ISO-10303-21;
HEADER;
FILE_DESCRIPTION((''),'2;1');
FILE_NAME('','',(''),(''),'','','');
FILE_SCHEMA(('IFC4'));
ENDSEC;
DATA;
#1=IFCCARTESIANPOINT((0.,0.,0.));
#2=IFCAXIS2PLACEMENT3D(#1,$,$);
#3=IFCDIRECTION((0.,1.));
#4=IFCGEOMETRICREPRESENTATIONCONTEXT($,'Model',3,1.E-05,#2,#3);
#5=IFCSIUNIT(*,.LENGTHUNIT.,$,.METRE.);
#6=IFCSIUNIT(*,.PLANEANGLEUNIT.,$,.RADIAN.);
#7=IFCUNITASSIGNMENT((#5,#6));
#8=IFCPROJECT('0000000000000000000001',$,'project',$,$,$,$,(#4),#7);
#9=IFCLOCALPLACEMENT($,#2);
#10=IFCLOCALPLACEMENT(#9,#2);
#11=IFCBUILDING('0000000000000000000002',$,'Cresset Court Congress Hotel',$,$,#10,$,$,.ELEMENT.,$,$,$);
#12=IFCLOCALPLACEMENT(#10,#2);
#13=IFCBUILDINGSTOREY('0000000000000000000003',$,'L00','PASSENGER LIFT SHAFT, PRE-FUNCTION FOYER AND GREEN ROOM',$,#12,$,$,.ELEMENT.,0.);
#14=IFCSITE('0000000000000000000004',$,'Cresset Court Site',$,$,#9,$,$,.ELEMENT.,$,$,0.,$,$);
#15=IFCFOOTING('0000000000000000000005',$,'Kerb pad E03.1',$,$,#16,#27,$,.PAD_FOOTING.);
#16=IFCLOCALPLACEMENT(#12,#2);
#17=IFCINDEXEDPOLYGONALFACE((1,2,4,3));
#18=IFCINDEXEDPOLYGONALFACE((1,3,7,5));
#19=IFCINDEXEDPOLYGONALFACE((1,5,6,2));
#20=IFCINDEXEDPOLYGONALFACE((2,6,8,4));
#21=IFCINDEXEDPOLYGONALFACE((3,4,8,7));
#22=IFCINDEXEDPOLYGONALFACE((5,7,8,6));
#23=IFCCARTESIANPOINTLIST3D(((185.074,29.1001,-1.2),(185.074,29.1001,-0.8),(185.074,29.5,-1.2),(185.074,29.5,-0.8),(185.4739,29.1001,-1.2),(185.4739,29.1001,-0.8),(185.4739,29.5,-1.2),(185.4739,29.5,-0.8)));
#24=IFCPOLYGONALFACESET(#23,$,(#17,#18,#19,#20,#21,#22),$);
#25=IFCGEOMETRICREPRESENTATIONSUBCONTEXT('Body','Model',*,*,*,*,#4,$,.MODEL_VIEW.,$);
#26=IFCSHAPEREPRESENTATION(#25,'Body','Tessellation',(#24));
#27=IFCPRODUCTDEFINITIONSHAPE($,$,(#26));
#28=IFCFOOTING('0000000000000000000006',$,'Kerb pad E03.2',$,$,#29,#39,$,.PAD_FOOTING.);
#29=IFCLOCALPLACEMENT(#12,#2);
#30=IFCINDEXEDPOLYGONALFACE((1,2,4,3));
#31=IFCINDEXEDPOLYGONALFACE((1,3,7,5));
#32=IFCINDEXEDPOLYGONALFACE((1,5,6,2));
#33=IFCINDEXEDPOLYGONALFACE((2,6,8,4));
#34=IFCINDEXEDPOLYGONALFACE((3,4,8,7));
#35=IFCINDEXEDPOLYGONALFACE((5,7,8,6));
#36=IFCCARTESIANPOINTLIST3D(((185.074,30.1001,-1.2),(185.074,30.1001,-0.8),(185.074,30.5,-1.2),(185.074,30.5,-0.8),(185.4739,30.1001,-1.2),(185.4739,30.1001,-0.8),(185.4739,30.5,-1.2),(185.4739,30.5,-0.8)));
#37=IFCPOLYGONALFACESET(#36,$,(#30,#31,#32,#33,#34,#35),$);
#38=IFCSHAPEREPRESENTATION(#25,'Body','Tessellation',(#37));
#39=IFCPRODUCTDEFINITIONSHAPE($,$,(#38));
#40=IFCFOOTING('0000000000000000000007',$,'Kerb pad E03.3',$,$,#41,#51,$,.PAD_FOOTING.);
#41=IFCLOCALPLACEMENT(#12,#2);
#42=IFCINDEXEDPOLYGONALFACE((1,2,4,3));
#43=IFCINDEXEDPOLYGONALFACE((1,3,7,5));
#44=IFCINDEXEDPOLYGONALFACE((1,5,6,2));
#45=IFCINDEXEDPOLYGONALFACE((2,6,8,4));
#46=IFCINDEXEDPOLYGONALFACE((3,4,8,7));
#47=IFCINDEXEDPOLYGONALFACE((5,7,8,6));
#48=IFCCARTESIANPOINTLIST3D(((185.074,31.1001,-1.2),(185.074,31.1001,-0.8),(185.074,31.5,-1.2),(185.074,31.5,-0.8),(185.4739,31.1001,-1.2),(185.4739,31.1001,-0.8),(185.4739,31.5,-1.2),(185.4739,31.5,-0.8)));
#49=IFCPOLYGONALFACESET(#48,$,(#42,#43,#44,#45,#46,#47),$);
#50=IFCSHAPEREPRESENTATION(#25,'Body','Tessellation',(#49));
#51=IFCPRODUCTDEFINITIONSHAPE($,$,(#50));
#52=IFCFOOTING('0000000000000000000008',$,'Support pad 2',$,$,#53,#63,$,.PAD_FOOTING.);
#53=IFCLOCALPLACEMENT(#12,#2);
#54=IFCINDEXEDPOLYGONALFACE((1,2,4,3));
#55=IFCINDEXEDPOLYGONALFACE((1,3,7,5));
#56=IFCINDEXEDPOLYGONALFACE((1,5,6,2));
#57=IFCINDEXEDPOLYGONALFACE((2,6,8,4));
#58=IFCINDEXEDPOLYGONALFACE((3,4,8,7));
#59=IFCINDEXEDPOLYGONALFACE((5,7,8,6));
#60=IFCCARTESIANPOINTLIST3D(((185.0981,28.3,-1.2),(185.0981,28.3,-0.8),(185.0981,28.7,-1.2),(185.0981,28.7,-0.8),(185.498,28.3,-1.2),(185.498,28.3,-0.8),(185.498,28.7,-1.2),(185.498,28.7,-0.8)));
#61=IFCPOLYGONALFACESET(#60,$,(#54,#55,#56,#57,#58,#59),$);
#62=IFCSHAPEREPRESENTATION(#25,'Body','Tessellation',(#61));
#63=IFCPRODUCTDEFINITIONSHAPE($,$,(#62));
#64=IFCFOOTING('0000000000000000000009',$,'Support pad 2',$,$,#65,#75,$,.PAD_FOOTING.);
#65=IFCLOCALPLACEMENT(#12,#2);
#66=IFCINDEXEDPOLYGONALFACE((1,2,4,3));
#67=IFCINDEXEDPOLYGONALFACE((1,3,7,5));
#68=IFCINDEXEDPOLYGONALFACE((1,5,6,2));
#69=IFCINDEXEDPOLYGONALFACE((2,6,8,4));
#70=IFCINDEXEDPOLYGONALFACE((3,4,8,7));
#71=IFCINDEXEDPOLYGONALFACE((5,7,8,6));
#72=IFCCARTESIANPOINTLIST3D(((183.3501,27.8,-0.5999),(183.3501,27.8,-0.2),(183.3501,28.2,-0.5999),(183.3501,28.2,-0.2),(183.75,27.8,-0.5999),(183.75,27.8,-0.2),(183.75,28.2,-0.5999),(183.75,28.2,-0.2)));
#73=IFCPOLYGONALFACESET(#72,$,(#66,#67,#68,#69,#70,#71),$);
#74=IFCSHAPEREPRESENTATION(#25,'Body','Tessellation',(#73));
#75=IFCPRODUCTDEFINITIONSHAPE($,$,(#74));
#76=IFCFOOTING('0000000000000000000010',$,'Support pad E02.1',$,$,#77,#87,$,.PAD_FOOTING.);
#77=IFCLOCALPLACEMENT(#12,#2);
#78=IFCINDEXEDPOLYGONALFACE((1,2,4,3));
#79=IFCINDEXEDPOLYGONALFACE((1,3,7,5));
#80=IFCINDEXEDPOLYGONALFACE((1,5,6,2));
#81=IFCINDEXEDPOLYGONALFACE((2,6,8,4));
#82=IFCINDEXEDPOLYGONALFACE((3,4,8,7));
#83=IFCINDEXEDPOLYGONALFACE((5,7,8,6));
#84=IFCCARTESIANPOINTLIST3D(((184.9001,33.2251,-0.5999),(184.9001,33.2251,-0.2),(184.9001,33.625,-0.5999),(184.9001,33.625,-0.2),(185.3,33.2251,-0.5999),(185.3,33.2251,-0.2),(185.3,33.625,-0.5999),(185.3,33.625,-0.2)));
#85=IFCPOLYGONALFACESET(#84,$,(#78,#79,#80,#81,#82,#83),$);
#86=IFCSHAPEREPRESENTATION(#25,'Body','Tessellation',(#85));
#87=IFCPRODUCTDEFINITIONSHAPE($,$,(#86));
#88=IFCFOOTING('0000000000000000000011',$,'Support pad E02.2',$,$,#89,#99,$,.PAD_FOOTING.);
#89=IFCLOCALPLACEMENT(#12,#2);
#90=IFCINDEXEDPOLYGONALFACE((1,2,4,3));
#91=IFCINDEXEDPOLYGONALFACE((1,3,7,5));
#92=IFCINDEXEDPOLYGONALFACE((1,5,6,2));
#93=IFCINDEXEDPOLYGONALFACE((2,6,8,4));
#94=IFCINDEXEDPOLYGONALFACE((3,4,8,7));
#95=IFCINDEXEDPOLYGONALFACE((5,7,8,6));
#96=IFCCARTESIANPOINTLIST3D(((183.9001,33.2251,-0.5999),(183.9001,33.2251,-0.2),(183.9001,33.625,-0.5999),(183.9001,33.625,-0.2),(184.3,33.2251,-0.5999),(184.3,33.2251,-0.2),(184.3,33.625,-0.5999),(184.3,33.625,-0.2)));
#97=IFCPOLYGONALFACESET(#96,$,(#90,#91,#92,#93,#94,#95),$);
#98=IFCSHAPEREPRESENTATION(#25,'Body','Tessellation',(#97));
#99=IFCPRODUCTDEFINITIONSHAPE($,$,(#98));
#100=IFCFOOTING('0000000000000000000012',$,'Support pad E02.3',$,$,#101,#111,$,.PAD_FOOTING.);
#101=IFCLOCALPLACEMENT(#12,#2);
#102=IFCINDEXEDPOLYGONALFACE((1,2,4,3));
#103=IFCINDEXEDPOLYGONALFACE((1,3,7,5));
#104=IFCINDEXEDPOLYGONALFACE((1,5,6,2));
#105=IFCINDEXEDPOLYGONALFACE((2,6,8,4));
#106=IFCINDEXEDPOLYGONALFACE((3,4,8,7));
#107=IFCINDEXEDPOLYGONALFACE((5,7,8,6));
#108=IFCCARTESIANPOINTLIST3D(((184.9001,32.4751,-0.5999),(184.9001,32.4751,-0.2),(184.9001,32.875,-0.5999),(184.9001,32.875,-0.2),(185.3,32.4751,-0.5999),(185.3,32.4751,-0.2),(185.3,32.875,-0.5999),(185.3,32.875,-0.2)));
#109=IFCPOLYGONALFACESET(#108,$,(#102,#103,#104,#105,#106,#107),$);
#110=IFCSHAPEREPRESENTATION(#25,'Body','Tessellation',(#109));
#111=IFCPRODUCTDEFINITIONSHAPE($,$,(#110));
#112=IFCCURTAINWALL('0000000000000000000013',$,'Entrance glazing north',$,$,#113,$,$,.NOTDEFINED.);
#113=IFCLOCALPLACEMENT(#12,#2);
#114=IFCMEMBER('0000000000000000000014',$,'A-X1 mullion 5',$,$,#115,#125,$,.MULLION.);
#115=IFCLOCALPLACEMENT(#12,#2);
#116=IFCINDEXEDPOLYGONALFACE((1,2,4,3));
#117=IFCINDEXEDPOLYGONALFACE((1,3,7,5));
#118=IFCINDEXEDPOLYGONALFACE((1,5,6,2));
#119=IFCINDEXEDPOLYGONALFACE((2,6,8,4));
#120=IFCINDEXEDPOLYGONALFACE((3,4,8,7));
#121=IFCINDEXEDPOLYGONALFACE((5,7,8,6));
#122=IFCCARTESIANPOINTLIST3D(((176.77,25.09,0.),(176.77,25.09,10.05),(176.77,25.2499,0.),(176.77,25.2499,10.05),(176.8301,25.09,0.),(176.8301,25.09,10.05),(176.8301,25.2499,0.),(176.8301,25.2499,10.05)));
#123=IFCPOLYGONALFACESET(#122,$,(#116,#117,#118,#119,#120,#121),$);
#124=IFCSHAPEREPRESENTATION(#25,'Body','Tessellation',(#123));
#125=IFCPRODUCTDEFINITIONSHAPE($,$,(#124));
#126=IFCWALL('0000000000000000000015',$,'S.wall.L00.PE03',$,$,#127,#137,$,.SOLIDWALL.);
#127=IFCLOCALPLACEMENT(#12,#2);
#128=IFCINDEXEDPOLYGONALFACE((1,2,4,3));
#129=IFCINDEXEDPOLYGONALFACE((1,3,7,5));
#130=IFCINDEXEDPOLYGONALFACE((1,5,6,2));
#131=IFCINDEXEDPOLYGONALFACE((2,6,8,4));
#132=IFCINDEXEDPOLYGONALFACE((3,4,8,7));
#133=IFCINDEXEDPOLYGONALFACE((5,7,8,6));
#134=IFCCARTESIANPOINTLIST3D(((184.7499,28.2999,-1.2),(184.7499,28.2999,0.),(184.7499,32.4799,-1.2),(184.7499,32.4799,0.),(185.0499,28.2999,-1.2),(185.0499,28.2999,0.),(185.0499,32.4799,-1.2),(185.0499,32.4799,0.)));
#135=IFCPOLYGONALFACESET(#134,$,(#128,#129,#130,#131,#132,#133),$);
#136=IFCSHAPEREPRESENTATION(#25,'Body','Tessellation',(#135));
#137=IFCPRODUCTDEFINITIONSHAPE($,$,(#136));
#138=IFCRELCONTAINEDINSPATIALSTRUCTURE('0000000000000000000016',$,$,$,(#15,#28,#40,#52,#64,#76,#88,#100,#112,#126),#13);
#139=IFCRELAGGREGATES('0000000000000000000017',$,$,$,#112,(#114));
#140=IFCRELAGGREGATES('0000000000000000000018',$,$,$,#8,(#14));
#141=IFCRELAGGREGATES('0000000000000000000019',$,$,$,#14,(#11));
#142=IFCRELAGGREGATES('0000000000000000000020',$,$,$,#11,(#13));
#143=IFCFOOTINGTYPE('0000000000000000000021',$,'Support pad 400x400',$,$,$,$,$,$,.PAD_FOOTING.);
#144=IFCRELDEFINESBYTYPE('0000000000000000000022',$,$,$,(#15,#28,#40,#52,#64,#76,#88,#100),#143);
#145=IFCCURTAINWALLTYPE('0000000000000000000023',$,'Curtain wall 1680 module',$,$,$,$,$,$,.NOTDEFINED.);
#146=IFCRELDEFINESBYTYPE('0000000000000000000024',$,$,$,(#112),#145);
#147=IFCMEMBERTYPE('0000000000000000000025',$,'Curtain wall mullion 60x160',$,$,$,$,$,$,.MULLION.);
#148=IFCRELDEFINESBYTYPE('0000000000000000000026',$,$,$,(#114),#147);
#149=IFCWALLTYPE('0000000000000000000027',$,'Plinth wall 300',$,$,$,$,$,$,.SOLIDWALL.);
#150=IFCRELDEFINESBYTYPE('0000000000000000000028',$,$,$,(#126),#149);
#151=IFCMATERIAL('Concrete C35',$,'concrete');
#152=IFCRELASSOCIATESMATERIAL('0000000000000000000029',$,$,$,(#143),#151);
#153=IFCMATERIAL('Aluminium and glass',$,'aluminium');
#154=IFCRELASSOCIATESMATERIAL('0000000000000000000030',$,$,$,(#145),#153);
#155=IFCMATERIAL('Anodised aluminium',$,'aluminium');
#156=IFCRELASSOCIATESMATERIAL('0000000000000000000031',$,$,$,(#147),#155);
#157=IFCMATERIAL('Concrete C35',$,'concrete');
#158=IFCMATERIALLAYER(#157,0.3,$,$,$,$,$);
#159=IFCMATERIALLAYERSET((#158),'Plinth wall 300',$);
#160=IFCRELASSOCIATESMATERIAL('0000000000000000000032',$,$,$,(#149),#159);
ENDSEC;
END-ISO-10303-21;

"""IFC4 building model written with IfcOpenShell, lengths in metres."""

from ifc_helpers import new_model, si_unit, direction, frame, frame_2d, origin, origin_2d, place, context, subcontext, project, spatial, rectangle, extrude, material, layer, layer_set, material_profile, profile_set, type_object, element, aggregate, save


model = new_model("IFC4")

# Units and contexts
model_context = context("Model", 3, precision=1e-05, world=origin(), true_north=direction((0.0, 1.0)))
body_context = subcontext(model_context, "Body", "Model", "MODEL_VIEW")
ifc_project = project(units=[si_unit("LENGTHUNIT", "METRE"), si_unit("PLANEANGLEUNIT", "RADIAN")], contexts=[model_context])

# Site, building, storey
site_placement = place(None, origin())
site = spatial("IfcSite", under=ifc_project, at=site_placement, Name="Cresset Court Site", CompositionType="ELEMENT", RefElevation=0.0)
building_placement = place(site_placement, origin())
building = spatial("IfcBuilding", under=site, at=building_placement, Name="Cresset Court Congress Hotel", CompositionType="ELEMENT")
storey_placement = place(building_placement, origin())
storey = spatial("IfcBuildingStorey", under=building, at=storey_placement, Name="L00", Description="PASSENGER LIFT SHAFT, PRE-FUNCTION FOYER AND GREEN ROOM", CompositionType="ELEMENT", Elevation=0.0)

# Footings
ifc_material_1 = material(Name="Concrete C35", Category="concrete")
footing_type = type_object("IfcFootingType", Name="Support pad 400x400", PredefinedType="PAD_FOOTING", material=ifc_material_1)
for number, where, z_axis, x_axis, name in (
    (1, (185.2739, 29.3, -1.2), (0.0, 0.0, 1.0), (1.0, 0.0, 0.0), "Kerb pad E03.1"),
    (2, (185.2739, 30.3, -1.2), (0.0, 0.0, 1.0), (1.0, 0.0, 0.0), "Kerb pad E03.2"),
    (3, (185.2739, 31.3, -1.2), (0.0, 0.0, 1.0), (1.0, 0.0, 0.0), "Kerb pad E03.3"),
    (4, (185.2981, 28.5, -1.2), (0.0, 0.0, 1.0), (1.0, 0.0, 0.0), "Support pad 2"),
    (5, (183.55, 28.0, -0.5999), (0.0, 0.0, 1.0), (1.0, 0.0, 0.0), "Support pad 2"),
    (6, (185.1001, 33.425, -0.5999), (0.0, 0.0, 1.0), (1.0, 0.0, 0.0), "Support pad E02.1"),
    (7, (184.1001, 33.425, -0.5999), (0.0, 0.0, 1.0), (1.0, 0.0, 0.0), "Support pad E02.2"),
    (8, (185.1001, 32.675, -0.5999), (0.0, 0.0, 1.0), (1.0, 0.0, 0.0), "Support pad E02.3"),
):
    element("IfcFooting", number, at=place(storey_placement, frame(where, z_axis=z_axis, x_axis=x_axis)), inside=storey, type_object=footing_type, Name=name, PredefinedType="PAD_FOOTING", context=body_context, shape_type="SweptSolid", body=[
        extrude(rectangle(XDim=0.3999, YDim=0.3999, at=origin_2d()), origin(), (0.0, 0.0, 1.0), 0.3999),
    ])

# Curtain wall, member
ifc_material_2 = material(Name="Aluminium and glass", Category="aluminium")
curtain_wall_type = type_object("IfcCurtainWallType", Name="Curtain wall 1680 module", PredefinedType="NOTDEFINED", material=ifc_material_2)
curtain_wall_placement = place(storey_placement, origin())
curtain_wall = element("IfcCurtainWall", 9, at=curtain_wall_placement, inside=storey, type_object=curtain_wall_type, Name="Entrance glazing north", PredefinedType="NOTDEFINED")
ifc_material_3 = material(Name="Anodised aluminium", Category="aluminium")
ifc_material_profile = material_profile(ifc_material_3, rectangle(XDim=0.0601, YDim=0.1599, at=origin_2d()), Name="AL60x160")
ifc_profile_set = profile_set([ifc_material_profile], Name="Anodised aluminium")
member_type = type_object("IfcMemberType", Name="Curtain wall mullion 60x160", PredefinedType="MULLION", material=ifc_profile_set)
member_placement = place(storey_placement, frame((176.8, 25.1699, 0.0), z_axis=(0.0, 0.0, 1.0), x_axis=(-1.0, 0.0, 0.0)))
member = element("IfcMember", 10, at=member_placement, type_object=member_type, Name="A-X1 mullion 5", PredefinedType="MULLION", context=body_context, shape_type="SweptSolid", body=[
    extrude(rectangle(XDim=0.0601, YDim=0.1599, at=origin_2d()), origin(), (0.0, 0.0, 1.0), 10.05),
])
aggregate(curtain_wall, [member])

# Wall
ifc_material_4 = material(Name="Concrete C35", Category="concrete")
ifc_layer = layer(ifc_material_4, 0.3)
ifc_layer_set = layer_set([ifc_layer], Name="Plinth wall 300")
wall_type = type_object("IfcWallType", Name="Plinth wall 300", PredefinedType="SOLIDWALL", material=ifc_layer_set)
wall_placement = place(storey_placement, frame((184.8999, 28.3, -1.2), z_axis=(0.0, 0.0, 1.0), x_axis=(0.0, 1.0, 0.0)))
element("IfcWall", 11, at=wall_placement, inside=storey, type_object=wall_type, Name="S.wall.L00.PE03", PredefinedType="SOLIDWALL", context=body_context, shape_type="SweptSolid", body=[
    extrude(rectangle(XDim=4.1799, YDim=0.3, at=frame_2d((2.0898, 0.0))), origin(), (0.0, 0.0, 1.0), 1.2),
])

save(model, "model.ifc")
